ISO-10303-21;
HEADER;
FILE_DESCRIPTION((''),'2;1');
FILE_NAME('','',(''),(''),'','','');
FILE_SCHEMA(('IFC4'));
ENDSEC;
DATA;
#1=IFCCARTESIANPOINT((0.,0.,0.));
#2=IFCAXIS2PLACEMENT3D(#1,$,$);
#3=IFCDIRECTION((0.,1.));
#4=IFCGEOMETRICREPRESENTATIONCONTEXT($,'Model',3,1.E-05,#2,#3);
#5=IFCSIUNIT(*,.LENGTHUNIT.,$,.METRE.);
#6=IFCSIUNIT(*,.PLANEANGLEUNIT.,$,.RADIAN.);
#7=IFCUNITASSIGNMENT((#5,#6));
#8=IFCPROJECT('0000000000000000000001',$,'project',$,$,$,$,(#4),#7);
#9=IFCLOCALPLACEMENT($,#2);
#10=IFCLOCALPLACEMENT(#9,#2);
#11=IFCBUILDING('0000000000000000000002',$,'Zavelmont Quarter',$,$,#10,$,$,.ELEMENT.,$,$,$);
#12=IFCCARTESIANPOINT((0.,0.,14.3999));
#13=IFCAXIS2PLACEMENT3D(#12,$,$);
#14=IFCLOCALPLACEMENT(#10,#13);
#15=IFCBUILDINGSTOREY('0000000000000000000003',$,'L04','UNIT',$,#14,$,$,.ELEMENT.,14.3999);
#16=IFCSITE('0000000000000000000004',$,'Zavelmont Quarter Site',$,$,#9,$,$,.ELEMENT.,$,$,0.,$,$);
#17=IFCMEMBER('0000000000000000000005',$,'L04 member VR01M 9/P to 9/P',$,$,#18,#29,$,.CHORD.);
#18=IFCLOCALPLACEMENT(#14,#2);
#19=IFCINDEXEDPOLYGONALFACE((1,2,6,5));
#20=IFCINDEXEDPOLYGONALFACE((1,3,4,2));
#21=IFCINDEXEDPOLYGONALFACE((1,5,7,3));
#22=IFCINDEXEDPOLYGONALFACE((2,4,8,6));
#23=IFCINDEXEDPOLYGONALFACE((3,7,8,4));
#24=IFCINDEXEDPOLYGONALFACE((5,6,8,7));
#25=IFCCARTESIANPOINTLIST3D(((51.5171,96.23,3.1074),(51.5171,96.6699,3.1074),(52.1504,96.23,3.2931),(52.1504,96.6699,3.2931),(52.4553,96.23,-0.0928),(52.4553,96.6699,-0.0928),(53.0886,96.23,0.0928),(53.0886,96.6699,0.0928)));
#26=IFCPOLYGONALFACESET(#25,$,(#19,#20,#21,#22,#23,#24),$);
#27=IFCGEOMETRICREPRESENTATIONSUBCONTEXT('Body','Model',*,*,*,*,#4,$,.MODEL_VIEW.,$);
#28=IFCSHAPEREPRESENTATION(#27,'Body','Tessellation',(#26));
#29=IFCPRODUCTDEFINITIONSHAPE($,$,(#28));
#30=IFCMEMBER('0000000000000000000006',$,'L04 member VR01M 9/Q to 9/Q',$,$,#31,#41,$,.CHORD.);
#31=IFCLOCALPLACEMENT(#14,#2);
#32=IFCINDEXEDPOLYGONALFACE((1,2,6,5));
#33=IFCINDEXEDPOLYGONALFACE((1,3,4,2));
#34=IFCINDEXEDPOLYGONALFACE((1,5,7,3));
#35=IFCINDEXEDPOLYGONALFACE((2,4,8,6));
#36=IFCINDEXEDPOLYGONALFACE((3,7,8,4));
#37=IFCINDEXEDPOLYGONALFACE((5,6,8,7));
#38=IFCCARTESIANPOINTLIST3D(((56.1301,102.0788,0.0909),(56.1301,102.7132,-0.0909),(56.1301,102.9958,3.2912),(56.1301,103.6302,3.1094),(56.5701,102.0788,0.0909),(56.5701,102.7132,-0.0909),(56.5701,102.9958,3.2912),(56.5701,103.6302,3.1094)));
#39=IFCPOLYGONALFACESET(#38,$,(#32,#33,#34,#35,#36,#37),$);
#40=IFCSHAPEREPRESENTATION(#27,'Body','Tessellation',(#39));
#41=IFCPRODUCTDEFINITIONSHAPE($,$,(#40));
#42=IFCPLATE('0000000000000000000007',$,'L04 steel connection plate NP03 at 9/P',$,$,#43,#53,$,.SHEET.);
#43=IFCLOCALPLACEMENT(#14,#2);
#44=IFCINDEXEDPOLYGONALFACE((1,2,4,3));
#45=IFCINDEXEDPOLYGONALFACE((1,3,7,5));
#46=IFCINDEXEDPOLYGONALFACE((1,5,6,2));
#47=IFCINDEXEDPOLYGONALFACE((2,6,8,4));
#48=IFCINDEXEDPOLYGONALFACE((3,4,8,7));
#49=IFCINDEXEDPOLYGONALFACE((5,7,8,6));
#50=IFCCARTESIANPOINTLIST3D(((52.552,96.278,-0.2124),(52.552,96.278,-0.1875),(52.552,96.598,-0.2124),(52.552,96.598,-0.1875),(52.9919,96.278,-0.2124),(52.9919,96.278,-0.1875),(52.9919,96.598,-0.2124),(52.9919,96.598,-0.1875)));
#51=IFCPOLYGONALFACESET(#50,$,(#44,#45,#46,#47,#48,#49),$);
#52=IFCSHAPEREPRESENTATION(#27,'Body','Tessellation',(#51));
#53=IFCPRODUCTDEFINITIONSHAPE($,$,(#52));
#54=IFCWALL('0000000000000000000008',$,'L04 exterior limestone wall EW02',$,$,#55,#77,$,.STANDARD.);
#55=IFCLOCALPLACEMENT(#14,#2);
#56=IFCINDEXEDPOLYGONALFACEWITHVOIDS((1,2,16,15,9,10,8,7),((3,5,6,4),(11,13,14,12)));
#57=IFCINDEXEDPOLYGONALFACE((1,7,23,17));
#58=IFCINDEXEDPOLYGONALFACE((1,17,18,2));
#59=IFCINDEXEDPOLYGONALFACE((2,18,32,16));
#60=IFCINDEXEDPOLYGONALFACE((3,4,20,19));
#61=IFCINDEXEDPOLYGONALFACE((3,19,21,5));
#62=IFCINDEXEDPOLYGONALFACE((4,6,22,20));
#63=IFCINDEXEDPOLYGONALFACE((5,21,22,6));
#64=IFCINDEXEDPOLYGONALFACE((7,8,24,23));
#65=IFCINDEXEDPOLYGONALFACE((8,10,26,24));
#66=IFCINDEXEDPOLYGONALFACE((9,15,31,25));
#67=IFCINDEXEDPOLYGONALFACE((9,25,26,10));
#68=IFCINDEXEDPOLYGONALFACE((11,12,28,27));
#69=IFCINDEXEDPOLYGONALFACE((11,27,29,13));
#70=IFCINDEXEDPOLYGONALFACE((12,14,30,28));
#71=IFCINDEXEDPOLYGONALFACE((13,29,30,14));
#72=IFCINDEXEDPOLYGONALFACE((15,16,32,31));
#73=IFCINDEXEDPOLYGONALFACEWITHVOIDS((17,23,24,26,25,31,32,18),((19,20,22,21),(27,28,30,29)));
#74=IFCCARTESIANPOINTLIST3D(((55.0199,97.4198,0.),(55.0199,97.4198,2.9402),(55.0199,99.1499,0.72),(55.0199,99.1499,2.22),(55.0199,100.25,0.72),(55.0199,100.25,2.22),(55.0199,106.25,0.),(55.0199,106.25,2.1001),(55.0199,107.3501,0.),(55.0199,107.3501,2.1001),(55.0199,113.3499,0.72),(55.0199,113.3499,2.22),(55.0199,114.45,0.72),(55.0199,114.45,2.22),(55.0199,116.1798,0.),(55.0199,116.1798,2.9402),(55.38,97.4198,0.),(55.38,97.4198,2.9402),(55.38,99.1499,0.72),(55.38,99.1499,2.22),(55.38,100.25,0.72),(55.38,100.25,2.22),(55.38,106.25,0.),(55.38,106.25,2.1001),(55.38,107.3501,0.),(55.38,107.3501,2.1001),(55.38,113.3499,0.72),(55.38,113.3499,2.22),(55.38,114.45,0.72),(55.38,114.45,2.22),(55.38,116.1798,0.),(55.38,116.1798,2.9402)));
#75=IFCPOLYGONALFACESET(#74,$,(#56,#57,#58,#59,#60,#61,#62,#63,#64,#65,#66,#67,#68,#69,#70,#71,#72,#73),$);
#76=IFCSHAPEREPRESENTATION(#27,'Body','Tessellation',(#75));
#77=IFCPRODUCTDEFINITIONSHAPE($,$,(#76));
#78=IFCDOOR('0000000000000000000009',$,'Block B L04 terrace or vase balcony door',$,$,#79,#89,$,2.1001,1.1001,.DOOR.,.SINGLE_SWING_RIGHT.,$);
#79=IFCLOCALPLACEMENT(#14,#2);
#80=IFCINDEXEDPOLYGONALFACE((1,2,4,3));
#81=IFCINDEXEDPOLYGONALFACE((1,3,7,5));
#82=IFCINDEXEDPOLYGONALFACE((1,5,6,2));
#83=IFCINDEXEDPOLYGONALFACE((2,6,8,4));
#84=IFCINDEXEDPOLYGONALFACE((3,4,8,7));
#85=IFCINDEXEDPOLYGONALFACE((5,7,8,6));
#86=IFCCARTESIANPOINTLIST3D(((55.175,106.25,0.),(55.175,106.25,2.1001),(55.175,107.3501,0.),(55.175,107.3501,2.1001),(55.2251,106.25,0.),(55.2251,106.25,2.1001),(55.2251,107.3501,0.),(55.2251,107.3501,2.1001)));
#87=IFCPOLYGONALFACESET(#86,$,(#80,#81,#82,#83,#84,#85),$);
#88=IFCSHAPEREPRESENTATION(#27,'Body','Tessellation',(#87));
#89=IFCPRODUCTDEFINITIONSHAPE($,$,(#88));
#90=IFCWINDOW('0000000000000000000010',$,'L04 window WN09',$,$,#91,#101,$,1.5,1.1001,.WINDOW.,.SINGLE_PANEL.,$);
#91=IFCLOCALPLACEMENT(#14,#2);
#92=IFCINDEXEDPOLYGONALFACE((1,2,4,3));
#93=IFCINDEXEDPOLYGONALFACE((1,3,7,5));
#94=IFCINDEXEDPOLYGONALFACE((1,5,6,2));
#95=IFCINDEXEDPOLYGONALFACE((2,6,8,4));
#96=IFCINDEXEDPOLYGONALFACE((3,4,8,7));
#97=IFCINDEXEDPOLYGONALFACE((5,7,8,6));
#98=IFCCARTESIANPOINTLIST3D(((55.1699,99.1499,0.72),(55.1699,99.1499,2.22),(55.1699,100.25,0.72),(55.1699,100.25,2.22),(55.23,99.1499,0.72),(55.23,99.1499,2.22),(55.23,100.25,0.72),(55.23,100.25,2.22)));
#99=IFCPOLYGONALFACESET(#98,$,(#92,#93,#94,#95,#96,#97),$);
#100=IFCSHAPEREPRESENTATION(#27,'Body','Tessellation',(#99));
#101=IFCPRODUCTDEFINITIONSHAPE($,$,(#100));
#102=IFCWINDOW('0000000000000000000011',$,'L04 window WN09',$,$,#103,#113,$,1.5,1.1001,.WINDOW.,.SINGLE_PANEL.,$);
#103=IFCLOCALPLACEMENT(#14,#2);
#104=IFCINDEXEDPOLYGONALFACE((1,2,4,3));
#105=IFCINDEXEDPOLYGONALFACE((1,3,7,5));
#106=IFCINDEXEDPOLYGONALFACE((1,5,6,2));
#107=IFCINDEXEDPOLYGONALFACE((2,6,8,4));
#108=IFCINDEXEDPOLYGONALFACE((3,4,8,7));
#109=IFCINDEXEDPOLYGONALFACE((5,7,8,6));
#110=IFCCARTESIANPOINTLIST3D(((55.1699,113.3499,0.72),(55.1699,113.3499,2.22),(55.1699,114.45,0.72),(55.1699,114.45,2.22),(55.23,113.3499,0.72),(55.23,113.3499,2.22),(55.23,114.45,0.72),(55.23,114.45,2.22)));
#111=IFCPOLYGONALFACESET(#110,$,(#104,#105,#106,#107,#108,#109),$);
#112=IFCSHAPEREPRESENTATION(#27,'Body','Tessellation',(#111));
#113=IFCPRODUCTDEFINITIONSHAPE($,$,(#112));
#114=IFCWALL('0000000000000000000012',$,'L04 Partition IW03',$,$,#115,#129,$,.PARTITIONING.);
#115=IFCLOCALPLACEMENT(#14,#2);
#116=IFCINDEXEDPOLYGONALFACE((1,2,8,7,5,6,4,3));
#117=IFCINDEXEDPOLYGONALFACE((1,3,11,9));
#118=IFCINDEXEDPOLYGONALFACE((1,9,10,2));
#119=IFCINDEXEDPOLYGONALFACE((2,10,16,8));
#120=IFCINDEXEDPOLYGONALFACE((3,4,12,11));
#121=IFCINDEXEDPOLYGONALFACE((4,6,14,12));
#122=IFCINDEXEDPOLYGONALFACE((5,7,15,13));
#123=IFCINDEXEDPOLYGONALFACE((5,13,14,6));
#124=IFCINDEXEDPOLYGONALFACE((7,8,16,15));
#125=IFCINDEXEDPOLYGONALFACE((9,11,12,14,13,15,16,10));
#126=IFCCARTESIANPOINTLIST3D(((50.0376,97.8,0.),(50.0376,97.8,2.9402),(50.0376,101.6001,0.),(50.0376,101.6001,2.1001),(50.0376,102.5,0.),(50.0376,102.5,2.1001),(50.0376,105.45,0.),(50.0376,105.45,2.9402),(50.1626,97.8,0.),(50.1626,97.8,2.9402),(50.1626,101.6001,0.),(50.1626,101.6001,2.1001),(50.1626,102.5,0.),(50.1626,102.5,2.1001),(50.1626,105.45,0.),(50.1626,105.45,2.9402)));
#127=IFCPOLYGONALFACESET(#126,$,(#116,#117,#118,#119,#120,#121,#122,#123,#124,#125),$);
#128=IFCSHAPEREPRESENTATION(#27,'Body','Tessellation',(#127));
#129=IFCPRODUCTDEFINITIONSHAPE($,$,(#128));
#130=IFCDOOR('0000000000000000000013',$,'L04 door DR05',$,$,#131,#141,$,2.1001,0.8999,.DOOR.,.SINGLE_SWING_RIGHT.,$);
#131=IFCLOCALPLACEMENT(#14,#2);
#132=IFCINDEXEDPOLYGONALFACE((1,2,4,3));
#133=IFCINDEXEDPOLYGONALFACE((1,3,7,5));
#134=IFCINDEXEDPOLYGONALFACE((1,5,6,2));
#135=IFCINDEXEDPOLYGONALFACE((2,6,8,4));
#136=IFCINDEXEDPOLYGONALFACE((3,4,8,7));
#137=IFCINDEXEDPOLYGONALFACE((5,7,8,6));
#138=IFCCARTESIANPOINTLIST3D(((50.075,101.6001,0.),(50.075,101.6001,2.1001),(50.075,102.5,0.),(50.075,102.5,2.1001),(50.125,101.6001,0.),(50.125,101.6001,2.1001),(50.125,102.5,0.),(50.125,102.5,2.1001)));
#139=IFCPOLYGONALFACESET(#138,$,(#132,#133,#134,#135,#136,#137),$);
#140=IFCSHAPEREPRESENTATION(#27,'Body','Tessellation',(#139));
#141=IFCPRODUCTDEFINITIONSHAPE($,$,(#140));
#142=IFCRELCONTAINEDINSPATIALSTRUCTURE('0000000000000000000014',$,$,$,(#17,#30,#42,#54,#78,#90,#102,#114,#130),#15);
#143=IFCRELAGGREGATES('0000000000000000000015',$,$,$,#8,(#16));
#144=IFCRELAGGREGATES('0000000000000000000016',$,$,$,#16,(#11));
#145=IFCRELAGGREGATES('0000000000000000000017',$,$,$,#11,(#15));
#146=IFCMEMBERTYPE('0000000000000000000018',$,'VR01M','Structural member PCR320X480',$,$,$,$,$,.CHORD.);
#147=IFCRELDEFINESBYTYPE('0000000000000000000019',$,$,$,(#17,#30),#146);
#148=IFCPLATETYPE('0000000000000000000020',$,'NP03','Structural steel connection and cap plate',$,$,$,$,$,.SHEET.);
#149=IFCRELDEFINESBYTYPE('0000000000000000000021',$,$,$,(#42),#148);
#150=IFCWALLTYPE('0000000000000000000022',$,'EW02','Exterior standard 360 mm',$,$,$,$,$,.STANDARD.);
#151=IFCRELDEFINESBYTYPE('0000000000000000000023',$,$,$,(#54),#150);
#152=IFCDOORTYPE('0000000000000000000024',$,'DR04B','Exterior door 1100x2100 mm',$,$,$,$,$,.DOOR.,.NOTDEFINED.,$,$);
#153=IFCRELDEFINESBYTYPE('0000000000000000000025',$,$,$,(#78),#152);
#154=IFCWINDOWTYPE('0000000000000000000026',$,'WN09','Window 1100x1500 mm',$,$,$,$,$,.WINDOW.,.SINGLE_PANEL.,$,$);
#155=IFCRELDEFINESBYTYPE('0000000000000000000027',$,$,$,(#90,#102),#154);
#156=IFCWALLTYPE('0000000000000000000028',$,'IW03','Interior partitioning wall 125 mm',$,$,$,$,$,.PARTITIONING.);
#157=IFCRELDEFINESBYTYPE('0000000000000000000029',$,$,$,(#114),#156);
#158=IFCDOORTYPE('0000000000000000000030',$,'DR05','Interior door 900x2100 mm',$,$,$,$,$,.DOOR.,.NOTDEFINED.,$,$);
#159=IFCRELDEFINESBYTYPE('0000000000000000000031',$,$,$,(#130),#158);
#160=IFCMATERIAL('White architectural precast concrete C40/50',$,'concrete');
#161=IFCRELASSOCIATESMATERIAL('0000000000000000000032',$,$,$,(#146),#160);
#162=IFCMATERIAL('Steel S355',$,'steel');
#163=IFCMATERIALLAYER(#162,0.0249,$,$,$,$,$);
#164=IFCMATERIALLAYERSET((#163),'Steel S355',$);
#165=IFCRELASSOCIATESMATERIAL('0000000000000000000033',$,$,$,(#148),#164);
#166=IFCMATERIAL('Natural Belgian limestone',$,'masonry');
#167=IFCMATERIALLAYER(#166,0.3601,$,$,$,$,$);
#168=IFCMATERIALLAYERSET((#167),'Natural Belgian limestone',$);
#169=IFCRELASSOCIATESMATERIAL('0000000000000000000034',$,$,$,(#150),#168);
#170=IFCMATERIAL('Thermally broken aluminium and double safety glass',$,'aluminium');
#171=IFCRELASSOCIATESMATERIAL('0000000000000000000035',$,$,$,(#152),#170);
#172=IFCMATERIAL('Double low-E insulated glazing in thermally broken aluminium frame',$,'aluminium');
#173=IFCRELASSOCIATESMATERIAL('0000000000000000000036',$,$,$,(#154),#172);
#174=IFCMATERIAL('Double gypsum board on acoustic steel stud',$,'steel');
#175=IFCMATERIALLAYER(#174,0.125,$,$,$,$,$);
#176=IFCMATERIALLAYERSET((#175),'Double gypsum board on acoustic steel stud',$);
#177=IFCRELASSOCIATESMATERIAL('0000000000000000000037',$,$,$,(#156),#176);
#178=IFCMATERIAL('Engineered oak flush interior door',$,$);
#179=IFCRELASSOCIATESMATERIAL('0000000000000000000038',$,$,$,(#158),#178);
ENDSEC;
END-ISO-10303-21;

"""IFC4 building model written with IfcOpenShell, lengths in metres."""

from ifc_helpers import new_model, si_unit, direction, frame, frame_2d, origin, origin_with_axes, origin_2d, place, context, subcontext, project, spatial, rectangle, extrude, material, layer, layer_set, material_profile, profile_set, type_object, element, fill, save


model = new_model("IFC4")

# Units and contexts
model_context = context("Model", 3, precision=1e-05, world=origin(), true_north=direction((0.0, 1.0)))
body_context = subcontext(model_context, "Body", "Model", "MODEL_VIEW")
ifc_project = project(units=[si_unit("LENGTHUNIT", "METRE"), si_unit("PLANEANGLEUNIT", "RADIAN")], contexts=[model_context])

# Site, building, storey
site_placement = place(None, origin())
site = spatial("IfcSite", under=ifc_project, at=site_placement, Name="Zavelmont Quarter Site", CompositionType="ELEMENT", RefElevation=0.0)
building_placement = place(site_placement, origin())
building = spatial("IfcBuilding", under=site, at=building_placement, Name="Zavelmont Quarter", CompositionType="ELEMENT")
storey_placement = place(building_placement, frame((0.0, 0.0, 14.3999)))
storey = spatial("IfcBuildingStorey", under=building, at=storey_placement, Name="L04", Description="UNIT", CompositionType="ELEMENT", Elevation=14.3999)

# Shared definitions
ifc_material_1 = material(Name="Steel S355", Category="steel")

# Members
ifc_material_2 = material(Name="White architectural precast concrete C40/50", Category="concrete")
ifc_material_profile_1 = material_profile(ifc_material_2, rectangle(XDim=0.4399, YDim=0.6599, at=origin_2d()), Name="PCR320X480")
ifc_profile_set_1 = profile_set([ifc_material_profile_1], Name="White architectural precast concrete C40/50")
member_type = type_object("IfcMemberType", Name="VR01M", Description="Structural member PCR320X480", PredefinedType="CHORD", material=ifc_profile_set_1)
member_1_placement = place(storey_placement, frame((52.772, 96.45, 0.0), z_axis=(-0.281338, 0.0, 0.959609), x_axis=(0.0, -1.0, 0.0)))
element("IfcMember", 1, at=member_1_placement, inside=storey, type_object=member_type, Name="L04 member VR01M 9/P to 9/P", PredefinedType="CHORD", context=body_context, shape_type="SweptSolid", body=[
    extrude(rectangle(XDim=0.4399, YDim=0.6599, at=origin_2d()), origin(), (0.0, 0.0, 1.0), 3.335),
])
member_2_placement = place(storey_placement, frame((56.3501, 102.396, 0.0), z_axis=(0.0, 0.275457, 0.961313), x_axis=(-1.0, 0.0, 0.0)))
element("IfcMember", 2, at=member_2_placement, inside=storey, type_object=member_type, Name="L04 member VR01M 9/Q to 9/Q", PredefinedType="CHORD", context=body_context, shape_type="SweptSolid", body=[
    extrude(rectangle(XDim=0.4399, YDim=0.6599, at=origin_2d()), origin(), (0.0, 0.0, 1.0), 3.3291),
])

# Plate
ifc_layer_1 = layer(ifc_material_1, 0.0249)
ifc_layer_set_1 = layer_set([ifc_layer_1], Name="Steel S355")
plate_type = type_object("IfcPlateType", Name="NP03", Description="Structural steel connection and cap plate", PredefinedType="SHEET", material=ifc_layer_set_1)
plate_placement = place(storey_placement, frame((52.772, 96.438, -0.2124), z_axis=(0.0, 0.0, 1.0), x_axis=(1.0, 0.0, 0.0)))
element("IfcPlate", 3, at=plate_placement, inside=storey, type_object=plate_type, Name="L04 steel connection plate NP03 at 9/P", PredefinedType="SHEET", context=body_context, shape_type="SweptSolid", body=[
    extrude(rectangle(XDim=0.4399, YDim=0.3201, at=origin_2d()), origin(), (0.0, 0.0, 1.0), 0.0249),
])

# Wall, openings, door, windows
ifc_material_3 = material(Name="Natural Belgian limestone", Category="masonry")
ifc_layer_2 = layer(ifc_material_3, 0.3601)
ifc_layer_set_2 = layer_set([ifc_layer_2], Name="Natural Belgian limestone")
wall_type_1 = type_object("IfcWallType", Name="EW02", Description="Exterior standard 360 mm", PredefinedType="STANDARD", material=ifc_layer_set_2)
wall_1_placement = place(storey_placement, frame((55.2, 97.4199, 0.0), z_axis=(0.0, 0.0, 1.0), x_axis=(0.0, 1.0, 0.0)))
wall_1 = element("IfcWall", 4, at=wall_1_placement, inside=storey, type_object=wall_type_1, Name="L04 exterior limestone wall EW02", PredefinedType="STANDARD", context=body_context, shape_type="SweptSolid", body=[
    extrude(rectangle(XDim=18.76, YDim=0.3601, at=frame_2d((9.3799, 0.0))), origin(), (0.0, 0.0, 1.0), 2.9402),
])
opening_1_placement = place(wall_1_placement, frame((8.8301, 0.0, 0.0)))
opening_1 = element("IfcOpeningElement", 5, at=opening_1_placement, cuts=wall_1, PredefinedType="OPENING", context=body_context, shape_type="SweptSolid", body=[
    extrude(rectangle(XDim=1.1001, YDim=2.1001, at=frame_2d((0.55, 1.05))), frame((0.0, 0.1919, 0.0), z_axis=(0.0, -1.0, 0.0), x_axis=(1.0, 0.0, 0.0)), (0.0, 0.0, 1.0), 0.384),
])
opening_2_placement = place(wall_1_placement, frame((1.73, 0.0, 0.72)))
opening_2 = element("IfcOpeningElement", 6, at=opening_2_placement, cuts=wall_1, PredefinedType="OPENING", context=body_context, shape_type="SweptSolid", body=[
    extrude(rectangle(XDim=1.1001, YDim=1.5, at=frame_2d((0.55, 0.75))), frame((0.0, 0.1919, 0.0), z_axis=(0.0, -1.0, 0.0), x_axis=(1.0, 0.0, 0.0)), (0.0, 0.0, 1.0), 0.384),
])
opening_3_placement = place(wall_1_placement, frame((15.9299, 0.0, 0.72)))
opening_3 = element("IfcOpeningElement", 7, at=opening_3_placement, cuts=wall_1, PredefinedType="OPENING", context=body_context, shape_type="SweptSolid", body=[
    extrude(rectangle(XDim=1.1001, YDim=1.5, at=frame_2d((0.55, 0.75))), frame((0.0, 0.1919, 0.0), z_axis=(0.0, -1.0, 0.0), x_axis=(1.0, 0.0, 0.0)), (0.0, 0.0, 1.0), 0.384),
])
ifc_material_4 = material(Name="Thermally broken aluminium and double safety glass", Category="aluminium")
door_type_1 = type_object("IfcDoorType", Name="DR04B", Description="Exterior door 1100x2100 mm", OperationType="NOTDEFINED", PredefinedType="DOOR", material=ifc_material_4)
door_1_placement = place(opening_1_placement, origin_with_axes())
door_1 = element("IfcDoor", 8, at=door_1_placement, inside=storey, type_object=door_type_1, Name="Block B L04 terrace or vase balcony door", OperationType="SINGLE_SWING_RIGHT", OverallHeight=2.1001, OverallWidth=1.1001, PredefinedType="DOOR", context=body_context, shape_type="SweptSolid", body=[
    extrude(rectangle(XDim=1.1001, YDim=2.1001, at=frame_2d((0.55, 1.05))), frame((0.0, 0.0249, 0.0), z_axis=(0.0, -1.0, 0.0), x_axis=(1.0, 0.0, 0.0)), (0.0, 0.0, 1.0), 0.05),
])
fill(opening_1, door_1)
ifc_material_5 = material(Name="Double low-E insulated glazing in thermally broken aluminium frame", Category="aluminium")
window_type = type_object("IfcWindowType", Name="WN09", Description="Window 1100x1500 mm", PartitioningType="SINGLE_PANEL", PredefinedType="WINDOW", material=ifc_material_5)
window_1_placement = place(opening_2_placement, origin_with_axes())
window_1 = element("IfcWindow", 9, at=window_1_placement, inside=storey, type_object=window_type, Name="L04 window WN09", OverallHeight=1.5, OverallWidth=1.1001, PartitioningType="SINGLE_PANEL", PredefinedType="WINDOW", context=body_context, shape_type="SweptSolid", body=[
    extrude(rectangle(XDim=1.1001, YDim=1.5, at=frame_2d((0.55, 0.75))), frame((0.0, 0.03, 0.0), z_axis=(0.0, -1.0, 0.0), x_axis=(1.0, 0.0, 0.0)), (0.0, 0.0, 1.0), 0.0601),
])
fill(opening_2, window_1)
window_2_placement = place(opening_3_placement, origin_with_axes())
window_2 = element("IfcWindow", 10, at=window_2_placement, inside=storey, type_object=window_type, Name="L04 window WN09", OverallHeight=1.5, OverallWidth=1.1001, PartitioningType="SINGLE_PANEL", PredefinedType="WINDOW", context=body_context, shape_type="SweptSolid", body=[
    extrude(rectangle(XDim=1.1001, YDim=1.5, at=frame_2d((0.55, 0.75))), frame((0.0, 0.03, 0.0), z_axis=(0.0, -1.0, 0.0), x_axis=(1.0, 0.0, 0.0)), (0.0, 0.0, 1.0), 0.0601),
])
fill(opening_3, window_2)

# Wall, opening, door
ifc_material_6 = material(Name="Double gypsum board on acoustic steel stud", Category="steel")
ifc_layer_3 = layer(ifc_material_6, 0.125)
ifc_layer_set_3 = layer_set([ifc_layer_3], Name="Double gypsum board on acoustic steel stud")
wall_type_2 = type_object("IfcWallType", Name="IW03", Description="Interior partitioning wall 125 mm", PredefinedType="PARTITIONING", material=ifc_layer_set_3)
wall_2_placement = place(storey_placement, frame((50.1001, 105.45, 0.0), z_axis=(0.0, 0.0, 1.0), x_axis=(0.0, -1.0, 0.0)))
wall_2 = element("IfcWall", 11, at=wall_2_placement, inside=storey, type_object=wall_type_2, Name="L04 Partition IW03", PredefinedType="PARTITIONING", context=body_context, shape_type="SweptSolid", body=[
    extrude(rectangle(XDim=7.6499, YDim=0.125, at=frame_2d((3.825, 0.0))), origin(), (0.0, 0.0, 1.0), 2.9402),
])
opening_4_placement = place(wall_2_placement, frame((2.95, 0.0, 0.0)))
opening_4 = element("IfcOpeningElement", 12, at=opening_4_placement, cuts=wall_2, PredefinedType="OPENING", context=body_context, shape_type="SweptSolid", body=[
    extrude(rectangle(XDim=0.8999, YDim=2.1001, at=frame_2d((0.45, 1.05))), frame((0.0, 0.0745, 0.0), z_axis=(0.0, -1.0, 0.0), x_axis=(1.0, 0.0, 0.0)), (0.0, 0.0, 1.0), 0.1489),
])
ifc_material_7 = material(Name="Engineered oak flush interior door")
door_type_2 = type_object("IfcDoorType", Name="DR05", Description="Interior door 900x2100 mm", OperationType="NOTDEFINED", PredefinedType="DOOR", material=ifc_material_7)
door_2_placement = place(opening_4_placement, origin_with_axes())
door_2 = element("IfcDoor", 13, at=door_2_placement, inside=storey, type_object=door_type_2, Name="L04 door DR05", OperationType="SINGLE_SWING_RIGHT", OverallHeight=2.1001, OverallWidth=0.8999, PredefinedType="DOOR", context=body_context, shape_type="SweptSolid", body=[
    extrude(rectangle(XDim=0.8999, YDim=2.1001, at=frame_2d((0.45, 1.05))), frame((0.0, 0.0249, 0.0), z_axis=(0.0, -1.0, 0.0), x_axis=(1.0, 0.0, 0.0)), (0.0, 0.0, 1.0), 0.05),
])
fill(opening_4, door_2)

save(model, "model.ifc")
